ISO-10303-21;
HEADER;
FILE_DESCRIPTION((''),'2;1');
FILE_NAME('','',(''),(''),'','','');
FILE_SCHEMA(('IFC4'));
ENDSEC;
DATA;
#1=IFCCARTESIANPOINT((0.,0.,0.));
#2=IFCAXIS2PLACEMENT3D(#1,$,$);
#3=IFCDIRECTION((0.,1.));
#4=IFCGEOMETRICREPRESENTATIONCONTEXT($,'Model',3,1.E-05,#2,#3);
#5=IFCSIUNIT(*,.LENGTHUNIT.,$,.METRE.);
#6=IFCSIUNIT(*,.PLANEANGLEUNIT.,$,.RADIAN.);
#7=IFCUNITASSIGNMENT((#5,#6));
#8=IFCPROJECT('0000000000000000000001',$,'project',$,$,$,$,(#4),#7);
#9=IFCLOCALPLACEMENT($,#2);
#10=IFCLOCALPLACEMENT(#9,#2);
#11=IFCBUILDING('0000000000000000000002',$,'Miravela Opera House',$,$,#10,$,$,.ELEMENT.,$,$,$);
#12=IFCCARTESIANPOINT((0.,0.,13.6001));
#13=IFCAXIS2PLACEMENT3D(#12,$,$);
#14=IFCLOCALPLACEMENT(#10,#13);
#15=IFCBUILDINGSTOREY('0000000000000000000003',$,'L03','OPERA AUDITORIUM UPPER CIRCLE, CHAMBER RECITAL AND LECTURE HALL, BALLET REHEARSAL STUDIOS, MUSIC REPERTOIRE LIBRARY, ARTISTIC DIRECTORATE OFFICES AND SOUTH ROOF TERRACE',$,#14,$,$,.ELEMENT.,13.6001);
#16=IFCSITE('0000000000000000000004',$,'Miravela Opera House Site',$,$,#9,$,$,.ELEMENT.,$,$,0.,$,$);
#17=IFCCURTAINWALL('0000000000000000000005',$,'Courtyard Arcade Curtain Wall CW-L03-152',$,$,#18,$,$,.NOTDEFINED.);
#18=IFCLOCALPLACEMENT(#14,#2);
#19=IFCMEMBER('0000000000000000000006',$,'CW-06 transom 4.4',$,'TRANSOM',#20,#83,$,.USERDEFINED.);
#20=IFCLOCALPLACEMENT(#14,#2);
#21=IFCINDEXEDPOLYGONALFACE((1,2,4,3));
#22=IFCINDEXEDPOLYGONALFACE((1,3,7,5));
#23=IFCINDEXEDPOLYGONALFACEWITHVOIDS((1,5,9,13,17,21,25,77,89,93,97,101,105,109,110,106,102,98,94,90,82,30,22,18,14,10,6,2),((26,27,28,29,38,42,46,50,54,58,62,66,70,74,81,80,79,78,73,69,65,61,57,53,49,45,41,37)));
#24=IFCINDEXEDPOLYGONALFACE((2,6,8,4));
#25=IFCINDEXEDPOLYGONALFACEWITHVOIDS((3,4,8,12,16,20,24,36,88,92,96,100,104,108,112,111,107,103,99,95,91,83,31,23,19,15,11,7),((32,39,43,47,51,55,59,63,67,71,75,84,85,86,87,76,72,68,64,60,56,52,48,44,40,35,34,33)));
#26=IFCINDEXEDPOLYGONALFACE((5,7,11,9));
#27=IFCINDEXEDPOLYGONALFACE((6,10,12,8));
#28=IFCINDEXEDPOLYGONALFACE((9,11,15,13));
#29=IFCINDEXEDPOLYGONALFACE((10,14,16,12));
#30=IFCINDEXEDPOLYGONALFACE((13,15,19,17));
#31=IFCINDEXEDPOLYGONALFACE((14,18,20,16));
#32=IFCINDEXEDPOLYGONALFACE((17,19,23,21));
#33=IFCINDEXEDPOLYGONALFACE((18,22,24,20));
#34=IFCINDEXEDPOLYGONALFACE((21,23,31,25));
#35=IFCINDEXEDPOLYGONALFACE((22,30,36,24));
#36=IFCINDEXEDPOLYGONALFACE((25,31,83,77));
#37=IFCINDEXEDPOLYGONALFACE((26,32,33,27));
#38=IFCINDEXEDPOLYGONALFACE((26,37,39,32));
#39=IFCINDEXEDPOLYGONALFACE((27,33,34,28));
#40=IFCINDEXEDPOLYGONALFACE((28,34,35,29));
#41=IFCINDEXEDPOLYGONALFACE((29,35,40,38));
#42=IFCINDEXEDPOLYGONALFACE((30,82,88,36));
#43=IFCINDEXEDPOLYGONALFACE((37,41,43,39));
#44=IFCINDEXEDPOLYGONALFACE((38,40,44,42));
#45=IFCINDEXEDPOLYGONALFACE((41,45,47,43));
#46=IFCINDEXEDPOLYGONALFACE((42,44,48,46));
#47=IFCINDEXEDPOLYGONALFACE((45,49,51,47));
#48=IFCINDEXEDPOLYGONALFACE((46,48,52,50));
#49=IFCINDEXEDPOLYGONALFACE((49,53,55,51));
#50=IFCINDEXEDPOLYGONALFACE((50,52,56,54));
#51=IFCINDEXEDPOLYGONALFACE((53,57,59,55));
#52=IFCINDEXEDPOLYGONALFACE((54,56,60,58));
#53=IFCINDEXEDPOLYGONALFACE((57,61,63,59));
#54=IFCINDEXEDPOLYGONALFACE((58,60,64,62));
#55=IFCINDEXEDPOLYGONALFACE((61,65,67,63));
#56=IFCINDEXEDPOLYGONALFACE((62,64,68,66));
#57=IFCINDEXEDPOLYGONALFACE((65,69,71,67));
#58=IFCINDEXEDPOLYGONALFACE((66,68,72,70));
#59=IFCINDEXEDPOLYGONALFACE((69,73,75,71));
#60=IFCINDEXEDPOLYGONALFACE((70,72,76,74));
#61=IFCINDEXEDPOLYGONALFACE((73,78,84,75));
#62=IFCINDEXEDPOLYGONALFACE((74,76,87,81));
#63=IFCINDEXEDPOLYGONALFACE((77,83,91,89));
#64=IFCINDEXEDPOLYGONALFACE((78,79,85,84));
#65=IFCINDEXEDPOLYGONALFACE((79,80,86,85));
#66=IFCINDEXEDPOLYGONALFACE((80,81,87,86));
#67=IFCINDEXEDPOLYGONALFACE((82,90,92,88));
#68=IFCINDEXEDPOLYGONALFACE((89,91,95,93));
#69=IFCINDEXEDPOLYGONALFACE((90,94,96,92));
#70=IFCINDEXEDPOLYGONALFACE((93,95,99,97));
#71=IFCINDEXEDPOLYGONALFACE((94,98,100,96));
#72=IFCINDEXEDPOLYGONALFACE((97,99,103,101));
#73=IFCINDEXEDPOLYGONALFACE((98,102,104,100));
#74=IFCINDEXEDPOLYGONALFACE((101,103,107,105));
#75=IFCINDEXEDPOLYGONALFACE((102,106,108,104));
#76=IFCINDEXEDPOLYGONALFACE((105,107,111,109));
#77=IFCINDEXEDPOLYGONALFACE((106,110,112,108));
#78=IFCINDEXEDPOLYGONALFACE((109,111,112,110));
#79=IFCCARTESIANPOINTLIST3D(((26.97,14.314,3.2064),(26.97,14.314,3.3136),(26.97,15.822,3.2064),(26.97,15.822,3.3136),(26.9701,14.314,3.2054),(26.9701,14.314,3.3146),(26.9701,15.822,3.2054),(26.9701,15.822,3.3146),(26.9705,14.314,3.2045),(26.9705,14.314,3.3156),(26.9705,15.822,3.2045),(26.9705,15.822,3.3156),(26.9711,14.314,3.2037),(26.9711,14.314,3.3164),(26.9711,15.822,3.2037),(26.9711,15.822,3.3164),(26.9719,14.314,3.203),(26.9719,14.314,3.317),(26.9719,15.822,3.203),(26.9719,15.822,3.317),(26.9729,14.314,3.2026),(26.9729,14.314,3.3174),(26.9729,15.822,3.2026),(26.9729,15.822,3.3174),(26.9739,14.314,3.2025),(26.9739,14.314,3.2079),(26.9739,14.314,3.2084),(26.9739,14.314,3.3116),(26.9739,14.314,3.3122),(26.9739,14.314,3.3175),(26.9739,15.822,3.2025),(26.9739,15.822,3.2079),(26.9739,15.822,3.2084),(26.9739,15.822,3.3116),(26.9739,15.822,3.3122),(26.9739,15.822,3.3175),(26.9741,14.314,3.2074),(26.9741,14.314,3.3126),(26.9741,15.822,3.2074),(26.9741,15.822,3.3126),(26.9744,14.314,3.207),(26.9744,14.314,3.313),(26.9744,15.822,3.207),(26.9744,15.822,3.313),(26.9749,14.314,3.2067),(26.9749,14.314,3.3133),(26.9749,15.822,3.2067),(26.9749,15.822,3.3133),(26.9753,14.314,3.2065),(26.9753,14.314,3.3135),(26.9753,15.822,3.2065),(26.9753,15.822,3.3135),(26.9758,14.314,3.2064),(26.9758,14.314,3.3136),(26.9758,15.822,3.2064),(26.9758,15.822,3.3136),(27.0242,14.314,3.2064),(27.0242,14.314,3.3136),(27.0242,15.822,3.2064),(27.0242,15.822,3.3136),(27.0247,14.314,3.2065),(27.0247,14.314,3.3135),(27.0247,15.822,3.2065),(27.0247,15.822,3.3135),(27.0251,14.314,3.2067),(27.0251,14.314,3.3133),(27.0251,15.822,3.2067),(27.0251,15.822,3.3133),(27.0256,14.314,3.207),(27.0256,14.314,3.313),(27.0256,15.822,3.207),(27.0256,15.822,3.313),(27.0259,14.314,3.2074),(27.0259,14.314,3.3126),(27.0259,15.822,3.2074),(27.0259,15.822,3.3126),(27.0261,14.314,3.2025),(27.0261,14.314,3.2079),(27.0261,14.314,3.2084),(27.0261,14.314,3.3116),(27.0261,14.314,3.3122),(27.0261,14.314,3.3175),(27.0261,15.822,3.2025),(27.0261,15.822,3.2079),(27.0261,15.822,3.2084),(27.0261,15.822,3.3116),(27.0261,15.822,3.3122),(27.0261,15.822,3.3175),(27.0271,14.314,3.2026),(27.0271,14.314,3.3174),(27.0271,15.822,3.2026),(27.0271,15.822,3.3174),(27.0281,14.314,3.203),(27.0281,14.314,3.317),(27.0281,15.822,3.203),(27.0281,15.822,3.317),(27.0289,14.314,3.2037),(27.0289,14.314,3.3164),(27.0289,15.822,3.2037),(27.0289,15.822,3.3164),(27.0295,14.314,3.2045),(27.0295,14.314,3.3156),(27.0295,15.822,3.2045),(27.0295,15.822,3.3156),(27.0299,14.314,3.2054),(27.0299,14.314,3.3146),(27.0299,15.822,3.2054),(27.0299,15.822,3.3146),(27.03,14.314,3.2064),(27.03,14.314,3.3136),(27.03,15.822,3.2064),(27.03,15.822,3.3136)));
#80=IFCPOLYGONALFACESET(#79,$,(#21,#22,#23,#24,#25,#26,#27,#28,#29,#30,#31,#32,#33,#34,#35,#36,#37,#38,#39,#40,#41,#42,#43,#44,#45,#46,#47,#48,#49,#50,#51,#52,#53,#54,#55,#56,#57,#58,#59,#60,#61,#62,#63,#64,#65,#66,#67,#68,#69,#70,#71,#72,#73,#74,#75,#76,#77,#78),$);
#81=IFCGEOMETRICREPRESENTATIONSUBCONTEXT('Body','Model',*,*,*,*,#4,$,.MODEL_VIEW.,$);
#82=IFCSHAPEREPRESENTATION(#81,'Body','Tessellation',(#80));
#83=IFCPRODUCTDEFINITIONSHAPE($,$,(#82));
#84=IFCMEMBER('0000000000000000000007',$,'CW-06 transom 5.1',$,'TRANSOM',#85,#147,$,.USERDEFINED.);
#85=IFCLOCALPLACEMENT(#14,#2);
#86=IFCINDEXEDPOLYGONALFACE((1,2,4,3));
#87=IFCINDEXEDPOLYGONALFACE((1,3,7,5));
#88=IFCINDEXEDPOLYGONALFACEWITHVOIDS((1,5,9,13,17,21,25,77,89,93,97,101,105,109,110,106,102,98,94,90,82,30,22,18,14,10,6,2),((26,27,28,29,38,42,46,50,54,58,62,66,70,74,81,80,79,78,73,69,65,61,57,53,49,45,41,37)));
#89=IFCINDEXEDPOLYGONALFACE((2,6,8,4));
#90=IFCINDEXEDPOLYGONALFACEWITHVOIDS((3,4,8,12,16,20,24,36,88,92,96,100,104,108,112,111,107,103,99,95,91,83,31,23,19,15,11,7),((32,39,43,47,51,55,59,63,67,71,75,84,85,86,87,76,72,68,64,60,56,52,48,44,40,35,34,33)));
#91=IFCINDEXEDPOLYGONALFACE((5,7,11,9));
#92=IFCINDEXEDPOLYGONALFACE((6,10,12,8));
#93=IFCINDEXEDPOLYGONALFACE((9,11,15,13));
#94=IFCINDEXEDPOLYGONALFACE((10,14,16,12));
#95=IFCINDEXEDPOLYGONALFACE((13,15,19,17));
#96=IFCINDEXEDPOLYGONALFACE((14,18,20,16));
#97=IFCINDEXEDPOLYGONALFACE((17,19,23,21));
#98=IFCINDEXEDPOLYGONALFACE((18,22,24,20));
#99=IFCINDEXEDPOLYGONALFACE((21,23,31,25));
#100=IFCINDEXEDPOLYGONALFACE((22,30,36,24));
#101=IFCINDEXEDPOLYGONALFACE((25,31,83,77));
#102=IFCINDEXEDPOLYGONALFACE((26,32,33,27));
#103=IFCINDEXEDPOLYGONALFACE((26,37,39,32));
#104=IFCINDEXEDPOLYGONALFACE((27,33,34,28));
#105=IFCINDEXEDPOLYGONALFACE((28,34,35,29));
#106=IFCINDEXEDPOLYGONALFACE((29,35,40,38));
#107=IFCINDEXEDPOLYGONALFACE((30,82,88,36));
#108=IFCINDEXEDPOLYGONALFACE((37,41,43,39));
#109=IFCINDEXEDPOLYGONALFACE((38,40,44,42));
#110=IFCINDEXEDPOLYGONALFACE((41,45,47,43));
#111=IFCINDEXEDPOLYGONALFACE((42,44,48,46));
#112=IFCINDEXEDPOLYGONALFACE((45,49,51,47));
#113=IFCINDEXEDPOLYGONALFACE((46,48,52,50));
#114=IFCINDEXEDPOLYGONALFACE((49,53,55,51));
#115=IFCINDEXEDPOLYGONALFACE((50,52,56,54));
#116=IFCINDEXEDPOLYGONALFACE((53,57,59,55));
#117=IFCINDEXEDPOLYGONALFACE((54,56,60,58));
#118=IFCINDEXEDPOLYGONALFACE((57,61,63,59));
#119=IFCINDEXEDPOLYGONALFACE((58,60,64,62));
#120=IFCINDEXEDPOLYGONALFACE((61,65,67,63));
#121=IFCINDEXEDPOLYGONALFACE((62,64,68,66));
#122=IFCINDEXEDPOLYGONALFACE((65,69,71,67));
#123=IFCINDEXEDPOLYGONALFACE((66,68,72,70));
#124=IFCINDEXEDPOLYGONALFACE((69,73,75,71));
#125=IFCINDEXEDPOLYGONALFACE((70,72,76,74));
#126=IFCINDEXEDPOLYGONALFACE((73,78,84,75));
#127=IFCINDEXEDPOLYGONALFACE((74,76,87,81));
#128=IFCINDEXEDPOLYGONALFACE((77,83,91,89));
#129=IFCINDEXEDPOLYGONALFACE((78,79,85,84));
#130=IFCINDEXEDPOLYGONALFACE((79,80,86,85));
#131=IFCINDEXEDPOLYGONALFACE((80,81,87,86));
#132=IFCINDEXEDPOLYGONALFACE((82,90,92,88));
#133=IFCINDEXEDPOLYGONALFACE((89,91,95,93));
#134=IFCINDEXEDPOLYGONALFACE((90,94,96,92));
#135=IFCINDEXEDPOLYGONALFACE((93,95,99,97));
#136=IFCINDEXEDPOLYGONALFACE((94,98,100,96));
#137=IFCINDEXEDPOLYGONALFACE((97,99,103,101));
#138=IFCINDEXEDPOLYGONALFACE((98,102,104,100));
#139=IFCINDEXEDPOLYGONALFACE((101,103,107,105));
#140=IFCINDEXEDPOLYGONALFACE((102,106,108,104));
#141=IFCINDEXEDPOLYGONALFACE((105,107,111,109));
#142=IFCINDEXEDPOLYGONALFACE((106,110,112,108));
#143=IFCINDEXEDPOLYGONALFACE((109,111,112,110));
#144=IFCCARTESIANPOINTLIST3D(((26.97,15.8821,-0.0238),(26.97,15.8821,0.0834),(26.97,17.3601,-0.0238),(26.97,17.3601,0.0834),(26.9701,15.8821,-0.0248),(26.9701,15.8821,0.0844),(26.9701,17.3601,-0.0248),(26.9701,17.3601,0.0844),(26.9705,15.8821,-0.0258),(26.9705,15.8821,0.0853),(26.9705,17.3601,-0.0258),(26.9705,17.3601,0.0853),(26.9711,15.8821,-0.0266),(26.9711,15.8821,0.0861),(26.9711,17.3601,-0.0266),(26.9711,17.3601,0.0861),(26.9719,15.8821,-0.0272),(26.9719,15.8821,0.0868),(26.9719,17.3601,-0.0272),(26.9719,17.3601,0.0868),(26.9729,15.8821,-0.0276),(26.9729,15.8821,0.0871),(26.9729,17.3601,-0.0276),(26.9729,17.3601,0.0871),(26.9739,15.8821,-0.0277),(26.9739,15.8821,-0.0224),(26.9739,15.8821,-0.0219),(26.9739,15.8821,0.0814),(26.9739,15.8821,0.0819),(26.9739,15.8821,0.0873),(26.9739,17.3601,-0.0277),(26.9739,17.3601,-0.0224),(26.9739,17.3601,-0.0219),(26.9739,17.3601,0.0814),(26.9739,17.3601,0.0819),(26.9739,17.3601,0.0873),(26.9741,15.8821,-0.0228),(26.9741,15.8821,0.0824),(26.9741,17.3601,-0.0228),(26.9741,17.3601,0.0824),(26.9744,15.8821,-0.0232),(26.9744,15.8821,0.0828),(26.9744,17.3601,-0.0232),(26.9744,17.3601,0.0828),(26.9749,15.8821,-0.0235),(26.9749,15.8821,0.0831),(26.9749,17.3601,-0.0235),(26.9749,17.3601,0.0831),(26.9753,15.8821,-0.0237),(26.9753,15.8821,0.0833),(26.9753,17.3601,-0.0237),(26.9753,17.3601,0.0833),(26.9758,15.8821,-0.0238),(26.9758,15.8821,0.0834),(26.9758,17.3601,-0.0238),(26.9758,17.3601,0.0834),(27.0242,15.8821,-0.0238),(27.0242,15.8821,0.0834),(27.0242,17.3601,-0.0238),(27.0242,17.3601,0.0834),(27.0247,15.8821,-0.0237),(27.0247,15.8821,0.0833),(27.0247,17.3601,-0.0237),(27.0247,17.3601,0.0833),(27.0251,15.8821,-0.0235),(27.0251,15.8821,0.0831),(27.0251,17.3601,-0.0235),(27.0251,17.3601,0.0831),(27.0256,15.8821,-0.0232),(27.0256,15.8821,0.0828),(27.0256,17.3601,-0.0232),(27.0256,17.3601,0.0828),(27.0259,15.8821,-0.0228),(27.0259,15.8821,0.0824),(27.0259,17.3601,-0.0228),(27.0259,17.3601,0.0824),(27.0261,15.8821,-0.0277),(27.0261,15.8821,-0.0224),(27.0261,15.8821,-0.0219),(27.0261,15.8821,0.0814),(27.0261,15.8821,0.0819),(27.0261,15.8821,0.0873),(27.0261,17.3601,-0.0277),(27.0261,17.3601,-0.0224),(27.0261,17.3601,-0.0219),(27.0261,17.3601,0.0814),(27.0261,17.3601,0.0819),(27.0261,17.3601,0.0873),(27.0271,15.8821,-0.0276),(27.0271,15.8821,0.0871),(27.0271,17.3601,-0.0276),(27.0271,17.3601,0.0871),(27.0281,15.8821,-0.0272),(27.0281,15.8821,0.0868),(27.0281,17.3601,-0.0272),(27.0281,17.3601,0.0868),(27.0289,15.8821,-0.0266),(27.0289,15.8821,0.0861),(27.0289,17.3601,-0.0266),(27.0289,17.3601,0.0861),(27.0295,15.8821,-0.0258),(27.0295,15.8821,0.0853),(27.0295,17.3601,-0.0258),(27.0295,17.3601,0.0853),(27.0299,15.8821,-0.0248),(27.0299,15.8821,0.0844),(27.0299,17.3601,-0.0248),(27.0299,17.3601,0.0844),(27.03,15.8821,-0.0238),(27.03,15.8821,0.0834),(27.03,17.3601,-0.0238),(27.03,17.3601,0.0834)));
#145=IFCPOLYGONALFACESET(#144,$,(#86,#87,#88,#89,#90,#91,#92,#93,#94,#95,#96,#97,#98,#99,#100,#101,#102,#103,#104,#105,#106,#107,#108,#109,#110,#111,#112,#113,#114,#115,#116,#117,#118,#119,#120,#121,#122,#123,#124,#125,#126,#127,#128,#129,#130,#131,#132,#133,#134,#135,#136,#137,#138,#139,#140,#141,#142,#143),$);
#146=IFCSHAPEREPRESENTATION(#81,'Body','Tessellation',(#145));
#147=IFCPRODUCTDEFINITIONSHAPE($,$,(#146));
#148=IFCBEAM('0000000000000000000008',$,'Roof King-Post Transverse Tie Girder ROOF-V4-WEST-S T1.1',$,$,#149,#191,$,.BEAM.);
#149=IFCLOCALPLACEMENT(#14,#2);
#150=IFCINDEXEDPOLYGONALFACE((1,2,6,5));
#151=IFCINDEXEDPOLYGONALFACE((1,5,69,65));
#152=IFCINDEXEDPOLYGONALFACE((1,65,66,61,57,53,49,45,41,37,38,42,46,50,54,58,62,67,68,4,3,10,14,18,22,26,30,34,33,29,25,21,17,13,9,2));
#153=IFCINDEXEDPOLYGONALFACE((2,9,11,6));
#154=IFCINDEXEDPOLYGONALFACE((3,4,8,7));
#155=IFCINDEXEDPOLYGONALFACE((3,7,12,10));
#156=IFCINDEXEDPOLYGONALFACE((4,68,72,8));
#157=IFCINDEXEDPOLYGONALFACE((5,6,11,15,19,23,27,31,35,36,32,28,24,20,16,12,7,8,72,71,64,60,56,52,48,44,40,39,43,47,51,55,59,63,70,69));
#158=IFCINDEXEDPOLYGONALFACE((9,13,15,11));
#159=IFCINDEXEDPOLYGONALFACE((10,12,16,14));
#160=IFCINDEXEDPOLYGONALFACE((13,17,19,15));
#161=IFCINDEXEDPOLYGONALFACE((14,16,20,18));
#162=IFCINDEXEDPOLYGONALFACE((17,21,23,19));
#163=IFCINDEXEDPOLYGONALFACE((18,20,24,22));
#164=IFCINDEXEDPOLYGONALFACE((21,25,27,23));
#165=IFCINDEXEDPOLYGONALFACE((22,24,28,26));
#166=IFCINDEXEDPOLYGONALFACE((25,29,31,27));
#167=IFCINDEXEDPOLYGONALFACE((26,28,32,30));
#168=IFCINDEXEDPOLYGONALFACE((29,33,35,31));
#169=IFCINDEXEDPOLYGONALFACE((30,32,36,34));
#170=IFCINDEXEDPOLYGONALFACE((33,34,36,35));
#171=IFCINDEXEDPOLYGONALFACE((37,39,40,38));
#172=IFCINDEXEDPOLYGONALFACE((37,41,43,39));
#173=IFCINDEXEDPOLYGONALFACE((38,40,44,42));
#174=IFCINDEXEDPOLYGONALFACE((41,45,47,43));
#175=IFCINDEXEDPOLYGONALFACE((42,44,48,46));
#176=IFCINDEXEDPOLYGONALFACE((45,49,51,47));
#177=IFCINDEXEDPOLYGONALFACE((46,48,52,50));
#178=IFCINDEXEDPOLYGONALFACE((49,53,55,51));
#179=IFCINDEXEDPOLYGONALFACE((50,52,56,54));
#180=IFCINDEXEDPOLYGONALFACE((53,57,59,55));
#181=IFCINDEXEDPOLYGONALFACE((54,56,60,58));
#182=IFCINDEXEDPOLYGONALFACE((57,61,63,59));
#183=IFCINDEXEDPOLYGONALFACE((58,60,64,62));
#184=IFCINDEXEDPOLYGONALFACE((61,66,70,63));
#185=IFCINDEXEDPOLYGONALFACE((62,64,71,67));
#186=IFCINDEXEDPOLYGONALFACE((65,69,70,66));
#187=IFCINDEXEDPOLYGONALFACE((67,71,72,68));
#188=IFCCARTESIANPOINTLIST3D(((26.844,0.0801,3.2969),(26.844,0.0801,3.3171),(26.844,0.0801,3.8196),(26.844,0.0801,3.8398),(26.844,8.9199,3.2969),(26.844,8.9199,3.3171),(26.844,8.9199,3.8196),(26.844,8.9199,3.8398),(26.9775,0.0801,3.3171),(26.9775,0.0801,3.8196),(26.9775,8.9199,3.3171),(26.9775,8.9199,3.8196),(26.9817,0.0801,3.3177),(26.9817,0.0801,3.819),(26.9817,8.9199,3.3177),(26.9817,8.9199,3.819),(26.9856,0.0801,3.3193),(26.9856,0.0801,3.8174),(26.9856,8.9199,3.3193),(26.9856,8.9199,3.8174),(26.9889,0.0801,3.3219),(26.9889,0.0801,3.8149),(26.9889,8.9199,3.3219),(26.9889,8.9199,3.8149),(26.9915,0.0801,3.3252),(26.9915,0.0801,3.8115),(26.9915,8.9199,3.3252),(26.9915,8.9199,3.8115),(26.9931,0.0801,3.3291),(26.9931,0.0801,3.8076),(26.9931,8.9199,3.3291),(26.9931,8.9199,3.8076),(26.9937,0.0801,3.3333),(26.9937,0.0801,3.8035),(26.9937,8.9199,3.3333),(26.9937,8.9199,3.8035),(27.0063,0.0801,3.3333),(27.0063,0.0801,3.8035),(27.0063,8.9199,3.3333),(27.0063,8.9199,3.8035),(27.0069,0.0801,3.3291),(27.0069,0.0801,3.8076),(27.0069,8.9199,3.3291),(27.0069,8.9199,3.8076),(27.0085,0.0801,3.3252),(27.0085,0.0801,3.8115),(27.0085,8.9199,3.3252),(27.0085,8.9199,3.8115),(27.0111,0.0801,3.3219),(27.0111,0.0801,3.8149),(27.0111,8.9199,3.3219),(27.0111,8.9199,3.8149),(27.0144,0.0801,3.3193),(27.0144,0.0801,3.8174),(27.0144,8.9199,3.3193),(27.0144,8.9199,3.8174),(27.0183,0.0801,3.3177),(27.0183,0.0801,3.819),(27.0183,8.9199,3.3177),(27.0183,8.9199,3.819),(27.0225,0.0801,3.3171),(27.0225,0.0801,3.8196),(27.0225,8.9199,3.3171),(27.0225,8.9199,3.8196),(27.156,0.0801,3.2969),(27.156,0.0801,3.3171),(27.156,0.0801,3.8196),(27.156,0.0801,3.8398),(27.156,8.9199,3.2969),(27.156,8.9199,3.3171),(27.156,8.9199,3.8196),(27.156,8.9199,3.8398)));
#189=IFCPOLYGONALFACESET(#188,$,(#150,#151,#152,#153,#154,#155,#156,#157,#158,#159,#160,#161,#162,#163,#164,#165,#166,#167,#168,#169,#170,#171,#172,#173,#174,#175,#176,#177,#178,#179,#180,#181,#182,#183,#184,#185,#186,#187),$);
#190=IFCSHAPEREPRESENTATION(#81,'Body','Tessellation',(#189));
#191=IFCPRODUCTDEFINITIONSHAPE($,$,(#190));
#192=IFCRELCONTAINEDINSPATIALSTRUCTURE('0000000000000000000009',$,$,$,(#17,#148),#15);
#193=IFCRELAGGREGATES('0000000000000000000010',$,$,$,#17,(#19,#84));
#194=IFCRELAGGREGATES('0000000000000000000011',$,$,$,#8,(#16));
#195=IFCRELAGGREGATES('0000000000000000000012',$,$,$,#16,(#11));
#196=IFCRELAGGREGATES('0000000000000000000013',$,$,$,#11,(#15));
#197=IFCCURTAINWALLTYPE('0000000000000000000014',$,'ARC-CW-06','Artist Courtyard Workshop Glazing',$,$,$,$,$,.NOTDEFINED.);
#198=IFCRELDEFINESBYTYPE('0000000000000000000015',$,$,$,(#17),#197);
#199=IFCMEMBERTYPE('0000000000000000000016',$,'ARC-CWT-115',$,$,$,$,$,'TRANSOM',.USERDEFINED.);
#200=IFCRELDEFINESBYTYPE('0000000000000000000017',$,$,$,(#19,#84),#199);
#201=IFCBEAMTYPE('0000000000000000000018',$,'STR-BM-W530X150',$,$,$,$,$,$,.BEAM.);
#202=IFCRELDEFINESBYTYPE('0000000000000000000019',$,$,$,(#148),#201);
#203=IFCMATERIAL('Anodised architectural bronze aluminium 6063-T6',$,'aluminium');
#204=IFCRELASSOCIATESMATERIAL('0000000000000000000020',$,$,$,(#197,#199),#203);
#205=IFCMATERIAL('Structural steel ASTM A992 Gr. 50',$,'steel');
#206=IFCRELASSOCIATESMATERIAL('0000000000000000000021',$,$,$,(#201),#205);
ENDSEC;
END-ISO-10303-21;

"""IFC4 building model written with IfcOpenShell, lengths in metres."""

from ifc_helpers import new_model, si_unit, direction, frame, origin, origin_2d, place, context, subcontext, project, spatial, hollow_rectangle, i_section, extrude, material, material_profile, profile_set, type_object, element, aggregate, save


model = new_model("IFC4")

# Units and contexts
model_context = context("Model", 3, precision=1e-05, world=origin(), true_north=direction((0.0, 1.0)))
body_context = subcontext(model_context, "Body", "Model", "MODEL_VIEW")
ifc_project = project(units=[si_unit("LENGTHUNIT", "METRE"), si_unit("PLANEANGLEUNIT", "RADIAN")], contexts=[model_context])

# Site, building, storey
site_placement = place(None, origin())
site = spatial("IfcSite", under=ifc_project, at=site_placement, Name="Miravela Opera House Site", CompositionType="ELEMENT", RefElevation=0.0)
building_placement = place(site_placement, origin())
building = spatial("IfcBuilding", under=site, at=building_placement, Name="Miravela Opera House", CompositionType="ELEMENT")
storey_placement = place(building_placement, frame((0.0, 0.0, 13.6001)))
storey = spatial("IfcBuildingStorey", under=building, at=storey_placement, Name="L03", Description="OPERA AUDITORIUM UPPER CIRCLE, CHAMBER RECITAL AND LECTURE HALL, BALLET REHEARSAL STUDIOS, MUSIC REPERTOIRE LIBRARY, ARTISTIC DIRECTORATE OFFICES AND SOUTH ROOF TERRACE", CompositionType="ELEMENT", Elevation=13.6001)

# Curtain wall, members
ifc_material_1 = material(Name="Anodised architectural bronze aluminium 6063-T6", Category="aluminium")
curtain_wall_type = type_object("IfcCurtainWallType", Name="ARC-CW-06", Description="Artist Courtyard Workshop Glazing", PredefinedType="NOTDEFINED", material=ifc_material_1)
curtain_wall_placement = place(storey_placement, origin())
curtain_wall = element("IfcCurtainWall", 1, at=curtain_wall_placement, inside=storey, type_object=curtain_wall_type, Name="Courtyard Arcade Curtain Wall CW-L03-152", PredefinedType="NOTDEFINED")
ifc_material_profile_1 = material_profile(ifc_material_1, hollow_rectangle(XDim=0.0601, YDim=0.115, WallThickness=0.0039, InnerFilletRadius=0.002, OuterFilletRadius=0.0039, at=origin_2d()), Name="CWT-60X115")
ifc_profile_set_1 = profile_set([ifc_material_profile_1])
member_type_1 = type_object("IfcMemberType", Name="ARC-CWT-115", ElementType="TRANSOM", PredefinedType="USERDEFINED", material=ifc_profile_set_1)
member_1_placement = place(storey_placement, frame((27.0, 14.314, 3.26), z_axis=(0.0, 1.0, 0.0), x_axis=(-1.0, 0.0, 0.0)))
member_1 = element("IfcMember", 2, at=member_1_placement, type_object=member_type_1, Name="CW-06 transom 4.4", ObjectType="TRANSOM", PredefinedType="USERDEFINED", context=body_context, shape_type="SweptSolid", body=[
    extrude(hollow_rectangle(XDim=0.0601, YDim=0.115, WallThickness=0.0039, InnerFilletRadius=0.002, OuterFilletRadius=0.0039, at=origin_2d()), origin(), (0.0, 0.0, 1.0), 1.5081),
])
member_2_placement = place(storey_placement, frame((27.0, 15.8821, 0.0298), z_axis=(0.0, 1.0, 0.0), x_axis=(-1.0, 0.0, 0.0)))
member_2 = element("IfcMember", 3, at=member_2_placement, type_object=member_type_1, Name="CW-06 transom 5.1", ObjectType="TRANSOM", PredefinedType="USERDEFINED", context=body_context, shape_type="SweptSolid", body=[
    extrude(hollow_rectangle(XDim=0.0601, YDim=0.115, WallThickness=0.0039, InnerFilletRadius=0.002, OuterFilletRadius=0.0039, at=origin_2d()), origin(), (0.0, 0.0, 1.0), 1.478),
])

# Beam
ifc_material_2 = material(Name="Structural steel ASTM A992 Gr. 50", Category="steel")
ifc_material_profile_2 = material_profile(ifc_material_2, i_section(OverallWidth=0.312, OverallDepth=0.543, WebThickness=0.0127, FlangeThickness=0.0203, FilletRadius=0.0161, at=origin_2d()), Name="W530X150")
ifc_profile_set_2 = profile_set([ifc_material_profile_2])
beam_type = type_object("IfcBeamType", Name="STR-BM-W530X150", PredefinedType="BEAM", material=ifc_profile_set_2)
for number, where, z_axis, x_axis, name in (
    (4, (27.0, 0.0801, 3.5684), (0.0, 1.0, 0.0), (-1.0, 0.0, 0.0), "Roof King-Post Transverse Tie Girder ROOF-V4-WEST-S T1.1"),
):
    element("IfcBeam", number, at=place(storey_placement, frame(where, z_axis=z_axis, x_axis=x_axis)), inside=storey, type_object=beam_type, Name=name, PredefinedType="BEAM", context=body_context, shape_type="SweptSolid", body=[
        extrude(i_section(OverallWidth=0.312, OverallDepth=0.543, WebThickness=0.0127, FlangeThickness=0.0203, FilletRadius=0.0161, at=origin_2d()), origin(), (0.0, 0.0, 1.0), 8.8398),
    ])

aggregate(curtain_wall, [member_1, member_2])

save(model, "model.ifc")
